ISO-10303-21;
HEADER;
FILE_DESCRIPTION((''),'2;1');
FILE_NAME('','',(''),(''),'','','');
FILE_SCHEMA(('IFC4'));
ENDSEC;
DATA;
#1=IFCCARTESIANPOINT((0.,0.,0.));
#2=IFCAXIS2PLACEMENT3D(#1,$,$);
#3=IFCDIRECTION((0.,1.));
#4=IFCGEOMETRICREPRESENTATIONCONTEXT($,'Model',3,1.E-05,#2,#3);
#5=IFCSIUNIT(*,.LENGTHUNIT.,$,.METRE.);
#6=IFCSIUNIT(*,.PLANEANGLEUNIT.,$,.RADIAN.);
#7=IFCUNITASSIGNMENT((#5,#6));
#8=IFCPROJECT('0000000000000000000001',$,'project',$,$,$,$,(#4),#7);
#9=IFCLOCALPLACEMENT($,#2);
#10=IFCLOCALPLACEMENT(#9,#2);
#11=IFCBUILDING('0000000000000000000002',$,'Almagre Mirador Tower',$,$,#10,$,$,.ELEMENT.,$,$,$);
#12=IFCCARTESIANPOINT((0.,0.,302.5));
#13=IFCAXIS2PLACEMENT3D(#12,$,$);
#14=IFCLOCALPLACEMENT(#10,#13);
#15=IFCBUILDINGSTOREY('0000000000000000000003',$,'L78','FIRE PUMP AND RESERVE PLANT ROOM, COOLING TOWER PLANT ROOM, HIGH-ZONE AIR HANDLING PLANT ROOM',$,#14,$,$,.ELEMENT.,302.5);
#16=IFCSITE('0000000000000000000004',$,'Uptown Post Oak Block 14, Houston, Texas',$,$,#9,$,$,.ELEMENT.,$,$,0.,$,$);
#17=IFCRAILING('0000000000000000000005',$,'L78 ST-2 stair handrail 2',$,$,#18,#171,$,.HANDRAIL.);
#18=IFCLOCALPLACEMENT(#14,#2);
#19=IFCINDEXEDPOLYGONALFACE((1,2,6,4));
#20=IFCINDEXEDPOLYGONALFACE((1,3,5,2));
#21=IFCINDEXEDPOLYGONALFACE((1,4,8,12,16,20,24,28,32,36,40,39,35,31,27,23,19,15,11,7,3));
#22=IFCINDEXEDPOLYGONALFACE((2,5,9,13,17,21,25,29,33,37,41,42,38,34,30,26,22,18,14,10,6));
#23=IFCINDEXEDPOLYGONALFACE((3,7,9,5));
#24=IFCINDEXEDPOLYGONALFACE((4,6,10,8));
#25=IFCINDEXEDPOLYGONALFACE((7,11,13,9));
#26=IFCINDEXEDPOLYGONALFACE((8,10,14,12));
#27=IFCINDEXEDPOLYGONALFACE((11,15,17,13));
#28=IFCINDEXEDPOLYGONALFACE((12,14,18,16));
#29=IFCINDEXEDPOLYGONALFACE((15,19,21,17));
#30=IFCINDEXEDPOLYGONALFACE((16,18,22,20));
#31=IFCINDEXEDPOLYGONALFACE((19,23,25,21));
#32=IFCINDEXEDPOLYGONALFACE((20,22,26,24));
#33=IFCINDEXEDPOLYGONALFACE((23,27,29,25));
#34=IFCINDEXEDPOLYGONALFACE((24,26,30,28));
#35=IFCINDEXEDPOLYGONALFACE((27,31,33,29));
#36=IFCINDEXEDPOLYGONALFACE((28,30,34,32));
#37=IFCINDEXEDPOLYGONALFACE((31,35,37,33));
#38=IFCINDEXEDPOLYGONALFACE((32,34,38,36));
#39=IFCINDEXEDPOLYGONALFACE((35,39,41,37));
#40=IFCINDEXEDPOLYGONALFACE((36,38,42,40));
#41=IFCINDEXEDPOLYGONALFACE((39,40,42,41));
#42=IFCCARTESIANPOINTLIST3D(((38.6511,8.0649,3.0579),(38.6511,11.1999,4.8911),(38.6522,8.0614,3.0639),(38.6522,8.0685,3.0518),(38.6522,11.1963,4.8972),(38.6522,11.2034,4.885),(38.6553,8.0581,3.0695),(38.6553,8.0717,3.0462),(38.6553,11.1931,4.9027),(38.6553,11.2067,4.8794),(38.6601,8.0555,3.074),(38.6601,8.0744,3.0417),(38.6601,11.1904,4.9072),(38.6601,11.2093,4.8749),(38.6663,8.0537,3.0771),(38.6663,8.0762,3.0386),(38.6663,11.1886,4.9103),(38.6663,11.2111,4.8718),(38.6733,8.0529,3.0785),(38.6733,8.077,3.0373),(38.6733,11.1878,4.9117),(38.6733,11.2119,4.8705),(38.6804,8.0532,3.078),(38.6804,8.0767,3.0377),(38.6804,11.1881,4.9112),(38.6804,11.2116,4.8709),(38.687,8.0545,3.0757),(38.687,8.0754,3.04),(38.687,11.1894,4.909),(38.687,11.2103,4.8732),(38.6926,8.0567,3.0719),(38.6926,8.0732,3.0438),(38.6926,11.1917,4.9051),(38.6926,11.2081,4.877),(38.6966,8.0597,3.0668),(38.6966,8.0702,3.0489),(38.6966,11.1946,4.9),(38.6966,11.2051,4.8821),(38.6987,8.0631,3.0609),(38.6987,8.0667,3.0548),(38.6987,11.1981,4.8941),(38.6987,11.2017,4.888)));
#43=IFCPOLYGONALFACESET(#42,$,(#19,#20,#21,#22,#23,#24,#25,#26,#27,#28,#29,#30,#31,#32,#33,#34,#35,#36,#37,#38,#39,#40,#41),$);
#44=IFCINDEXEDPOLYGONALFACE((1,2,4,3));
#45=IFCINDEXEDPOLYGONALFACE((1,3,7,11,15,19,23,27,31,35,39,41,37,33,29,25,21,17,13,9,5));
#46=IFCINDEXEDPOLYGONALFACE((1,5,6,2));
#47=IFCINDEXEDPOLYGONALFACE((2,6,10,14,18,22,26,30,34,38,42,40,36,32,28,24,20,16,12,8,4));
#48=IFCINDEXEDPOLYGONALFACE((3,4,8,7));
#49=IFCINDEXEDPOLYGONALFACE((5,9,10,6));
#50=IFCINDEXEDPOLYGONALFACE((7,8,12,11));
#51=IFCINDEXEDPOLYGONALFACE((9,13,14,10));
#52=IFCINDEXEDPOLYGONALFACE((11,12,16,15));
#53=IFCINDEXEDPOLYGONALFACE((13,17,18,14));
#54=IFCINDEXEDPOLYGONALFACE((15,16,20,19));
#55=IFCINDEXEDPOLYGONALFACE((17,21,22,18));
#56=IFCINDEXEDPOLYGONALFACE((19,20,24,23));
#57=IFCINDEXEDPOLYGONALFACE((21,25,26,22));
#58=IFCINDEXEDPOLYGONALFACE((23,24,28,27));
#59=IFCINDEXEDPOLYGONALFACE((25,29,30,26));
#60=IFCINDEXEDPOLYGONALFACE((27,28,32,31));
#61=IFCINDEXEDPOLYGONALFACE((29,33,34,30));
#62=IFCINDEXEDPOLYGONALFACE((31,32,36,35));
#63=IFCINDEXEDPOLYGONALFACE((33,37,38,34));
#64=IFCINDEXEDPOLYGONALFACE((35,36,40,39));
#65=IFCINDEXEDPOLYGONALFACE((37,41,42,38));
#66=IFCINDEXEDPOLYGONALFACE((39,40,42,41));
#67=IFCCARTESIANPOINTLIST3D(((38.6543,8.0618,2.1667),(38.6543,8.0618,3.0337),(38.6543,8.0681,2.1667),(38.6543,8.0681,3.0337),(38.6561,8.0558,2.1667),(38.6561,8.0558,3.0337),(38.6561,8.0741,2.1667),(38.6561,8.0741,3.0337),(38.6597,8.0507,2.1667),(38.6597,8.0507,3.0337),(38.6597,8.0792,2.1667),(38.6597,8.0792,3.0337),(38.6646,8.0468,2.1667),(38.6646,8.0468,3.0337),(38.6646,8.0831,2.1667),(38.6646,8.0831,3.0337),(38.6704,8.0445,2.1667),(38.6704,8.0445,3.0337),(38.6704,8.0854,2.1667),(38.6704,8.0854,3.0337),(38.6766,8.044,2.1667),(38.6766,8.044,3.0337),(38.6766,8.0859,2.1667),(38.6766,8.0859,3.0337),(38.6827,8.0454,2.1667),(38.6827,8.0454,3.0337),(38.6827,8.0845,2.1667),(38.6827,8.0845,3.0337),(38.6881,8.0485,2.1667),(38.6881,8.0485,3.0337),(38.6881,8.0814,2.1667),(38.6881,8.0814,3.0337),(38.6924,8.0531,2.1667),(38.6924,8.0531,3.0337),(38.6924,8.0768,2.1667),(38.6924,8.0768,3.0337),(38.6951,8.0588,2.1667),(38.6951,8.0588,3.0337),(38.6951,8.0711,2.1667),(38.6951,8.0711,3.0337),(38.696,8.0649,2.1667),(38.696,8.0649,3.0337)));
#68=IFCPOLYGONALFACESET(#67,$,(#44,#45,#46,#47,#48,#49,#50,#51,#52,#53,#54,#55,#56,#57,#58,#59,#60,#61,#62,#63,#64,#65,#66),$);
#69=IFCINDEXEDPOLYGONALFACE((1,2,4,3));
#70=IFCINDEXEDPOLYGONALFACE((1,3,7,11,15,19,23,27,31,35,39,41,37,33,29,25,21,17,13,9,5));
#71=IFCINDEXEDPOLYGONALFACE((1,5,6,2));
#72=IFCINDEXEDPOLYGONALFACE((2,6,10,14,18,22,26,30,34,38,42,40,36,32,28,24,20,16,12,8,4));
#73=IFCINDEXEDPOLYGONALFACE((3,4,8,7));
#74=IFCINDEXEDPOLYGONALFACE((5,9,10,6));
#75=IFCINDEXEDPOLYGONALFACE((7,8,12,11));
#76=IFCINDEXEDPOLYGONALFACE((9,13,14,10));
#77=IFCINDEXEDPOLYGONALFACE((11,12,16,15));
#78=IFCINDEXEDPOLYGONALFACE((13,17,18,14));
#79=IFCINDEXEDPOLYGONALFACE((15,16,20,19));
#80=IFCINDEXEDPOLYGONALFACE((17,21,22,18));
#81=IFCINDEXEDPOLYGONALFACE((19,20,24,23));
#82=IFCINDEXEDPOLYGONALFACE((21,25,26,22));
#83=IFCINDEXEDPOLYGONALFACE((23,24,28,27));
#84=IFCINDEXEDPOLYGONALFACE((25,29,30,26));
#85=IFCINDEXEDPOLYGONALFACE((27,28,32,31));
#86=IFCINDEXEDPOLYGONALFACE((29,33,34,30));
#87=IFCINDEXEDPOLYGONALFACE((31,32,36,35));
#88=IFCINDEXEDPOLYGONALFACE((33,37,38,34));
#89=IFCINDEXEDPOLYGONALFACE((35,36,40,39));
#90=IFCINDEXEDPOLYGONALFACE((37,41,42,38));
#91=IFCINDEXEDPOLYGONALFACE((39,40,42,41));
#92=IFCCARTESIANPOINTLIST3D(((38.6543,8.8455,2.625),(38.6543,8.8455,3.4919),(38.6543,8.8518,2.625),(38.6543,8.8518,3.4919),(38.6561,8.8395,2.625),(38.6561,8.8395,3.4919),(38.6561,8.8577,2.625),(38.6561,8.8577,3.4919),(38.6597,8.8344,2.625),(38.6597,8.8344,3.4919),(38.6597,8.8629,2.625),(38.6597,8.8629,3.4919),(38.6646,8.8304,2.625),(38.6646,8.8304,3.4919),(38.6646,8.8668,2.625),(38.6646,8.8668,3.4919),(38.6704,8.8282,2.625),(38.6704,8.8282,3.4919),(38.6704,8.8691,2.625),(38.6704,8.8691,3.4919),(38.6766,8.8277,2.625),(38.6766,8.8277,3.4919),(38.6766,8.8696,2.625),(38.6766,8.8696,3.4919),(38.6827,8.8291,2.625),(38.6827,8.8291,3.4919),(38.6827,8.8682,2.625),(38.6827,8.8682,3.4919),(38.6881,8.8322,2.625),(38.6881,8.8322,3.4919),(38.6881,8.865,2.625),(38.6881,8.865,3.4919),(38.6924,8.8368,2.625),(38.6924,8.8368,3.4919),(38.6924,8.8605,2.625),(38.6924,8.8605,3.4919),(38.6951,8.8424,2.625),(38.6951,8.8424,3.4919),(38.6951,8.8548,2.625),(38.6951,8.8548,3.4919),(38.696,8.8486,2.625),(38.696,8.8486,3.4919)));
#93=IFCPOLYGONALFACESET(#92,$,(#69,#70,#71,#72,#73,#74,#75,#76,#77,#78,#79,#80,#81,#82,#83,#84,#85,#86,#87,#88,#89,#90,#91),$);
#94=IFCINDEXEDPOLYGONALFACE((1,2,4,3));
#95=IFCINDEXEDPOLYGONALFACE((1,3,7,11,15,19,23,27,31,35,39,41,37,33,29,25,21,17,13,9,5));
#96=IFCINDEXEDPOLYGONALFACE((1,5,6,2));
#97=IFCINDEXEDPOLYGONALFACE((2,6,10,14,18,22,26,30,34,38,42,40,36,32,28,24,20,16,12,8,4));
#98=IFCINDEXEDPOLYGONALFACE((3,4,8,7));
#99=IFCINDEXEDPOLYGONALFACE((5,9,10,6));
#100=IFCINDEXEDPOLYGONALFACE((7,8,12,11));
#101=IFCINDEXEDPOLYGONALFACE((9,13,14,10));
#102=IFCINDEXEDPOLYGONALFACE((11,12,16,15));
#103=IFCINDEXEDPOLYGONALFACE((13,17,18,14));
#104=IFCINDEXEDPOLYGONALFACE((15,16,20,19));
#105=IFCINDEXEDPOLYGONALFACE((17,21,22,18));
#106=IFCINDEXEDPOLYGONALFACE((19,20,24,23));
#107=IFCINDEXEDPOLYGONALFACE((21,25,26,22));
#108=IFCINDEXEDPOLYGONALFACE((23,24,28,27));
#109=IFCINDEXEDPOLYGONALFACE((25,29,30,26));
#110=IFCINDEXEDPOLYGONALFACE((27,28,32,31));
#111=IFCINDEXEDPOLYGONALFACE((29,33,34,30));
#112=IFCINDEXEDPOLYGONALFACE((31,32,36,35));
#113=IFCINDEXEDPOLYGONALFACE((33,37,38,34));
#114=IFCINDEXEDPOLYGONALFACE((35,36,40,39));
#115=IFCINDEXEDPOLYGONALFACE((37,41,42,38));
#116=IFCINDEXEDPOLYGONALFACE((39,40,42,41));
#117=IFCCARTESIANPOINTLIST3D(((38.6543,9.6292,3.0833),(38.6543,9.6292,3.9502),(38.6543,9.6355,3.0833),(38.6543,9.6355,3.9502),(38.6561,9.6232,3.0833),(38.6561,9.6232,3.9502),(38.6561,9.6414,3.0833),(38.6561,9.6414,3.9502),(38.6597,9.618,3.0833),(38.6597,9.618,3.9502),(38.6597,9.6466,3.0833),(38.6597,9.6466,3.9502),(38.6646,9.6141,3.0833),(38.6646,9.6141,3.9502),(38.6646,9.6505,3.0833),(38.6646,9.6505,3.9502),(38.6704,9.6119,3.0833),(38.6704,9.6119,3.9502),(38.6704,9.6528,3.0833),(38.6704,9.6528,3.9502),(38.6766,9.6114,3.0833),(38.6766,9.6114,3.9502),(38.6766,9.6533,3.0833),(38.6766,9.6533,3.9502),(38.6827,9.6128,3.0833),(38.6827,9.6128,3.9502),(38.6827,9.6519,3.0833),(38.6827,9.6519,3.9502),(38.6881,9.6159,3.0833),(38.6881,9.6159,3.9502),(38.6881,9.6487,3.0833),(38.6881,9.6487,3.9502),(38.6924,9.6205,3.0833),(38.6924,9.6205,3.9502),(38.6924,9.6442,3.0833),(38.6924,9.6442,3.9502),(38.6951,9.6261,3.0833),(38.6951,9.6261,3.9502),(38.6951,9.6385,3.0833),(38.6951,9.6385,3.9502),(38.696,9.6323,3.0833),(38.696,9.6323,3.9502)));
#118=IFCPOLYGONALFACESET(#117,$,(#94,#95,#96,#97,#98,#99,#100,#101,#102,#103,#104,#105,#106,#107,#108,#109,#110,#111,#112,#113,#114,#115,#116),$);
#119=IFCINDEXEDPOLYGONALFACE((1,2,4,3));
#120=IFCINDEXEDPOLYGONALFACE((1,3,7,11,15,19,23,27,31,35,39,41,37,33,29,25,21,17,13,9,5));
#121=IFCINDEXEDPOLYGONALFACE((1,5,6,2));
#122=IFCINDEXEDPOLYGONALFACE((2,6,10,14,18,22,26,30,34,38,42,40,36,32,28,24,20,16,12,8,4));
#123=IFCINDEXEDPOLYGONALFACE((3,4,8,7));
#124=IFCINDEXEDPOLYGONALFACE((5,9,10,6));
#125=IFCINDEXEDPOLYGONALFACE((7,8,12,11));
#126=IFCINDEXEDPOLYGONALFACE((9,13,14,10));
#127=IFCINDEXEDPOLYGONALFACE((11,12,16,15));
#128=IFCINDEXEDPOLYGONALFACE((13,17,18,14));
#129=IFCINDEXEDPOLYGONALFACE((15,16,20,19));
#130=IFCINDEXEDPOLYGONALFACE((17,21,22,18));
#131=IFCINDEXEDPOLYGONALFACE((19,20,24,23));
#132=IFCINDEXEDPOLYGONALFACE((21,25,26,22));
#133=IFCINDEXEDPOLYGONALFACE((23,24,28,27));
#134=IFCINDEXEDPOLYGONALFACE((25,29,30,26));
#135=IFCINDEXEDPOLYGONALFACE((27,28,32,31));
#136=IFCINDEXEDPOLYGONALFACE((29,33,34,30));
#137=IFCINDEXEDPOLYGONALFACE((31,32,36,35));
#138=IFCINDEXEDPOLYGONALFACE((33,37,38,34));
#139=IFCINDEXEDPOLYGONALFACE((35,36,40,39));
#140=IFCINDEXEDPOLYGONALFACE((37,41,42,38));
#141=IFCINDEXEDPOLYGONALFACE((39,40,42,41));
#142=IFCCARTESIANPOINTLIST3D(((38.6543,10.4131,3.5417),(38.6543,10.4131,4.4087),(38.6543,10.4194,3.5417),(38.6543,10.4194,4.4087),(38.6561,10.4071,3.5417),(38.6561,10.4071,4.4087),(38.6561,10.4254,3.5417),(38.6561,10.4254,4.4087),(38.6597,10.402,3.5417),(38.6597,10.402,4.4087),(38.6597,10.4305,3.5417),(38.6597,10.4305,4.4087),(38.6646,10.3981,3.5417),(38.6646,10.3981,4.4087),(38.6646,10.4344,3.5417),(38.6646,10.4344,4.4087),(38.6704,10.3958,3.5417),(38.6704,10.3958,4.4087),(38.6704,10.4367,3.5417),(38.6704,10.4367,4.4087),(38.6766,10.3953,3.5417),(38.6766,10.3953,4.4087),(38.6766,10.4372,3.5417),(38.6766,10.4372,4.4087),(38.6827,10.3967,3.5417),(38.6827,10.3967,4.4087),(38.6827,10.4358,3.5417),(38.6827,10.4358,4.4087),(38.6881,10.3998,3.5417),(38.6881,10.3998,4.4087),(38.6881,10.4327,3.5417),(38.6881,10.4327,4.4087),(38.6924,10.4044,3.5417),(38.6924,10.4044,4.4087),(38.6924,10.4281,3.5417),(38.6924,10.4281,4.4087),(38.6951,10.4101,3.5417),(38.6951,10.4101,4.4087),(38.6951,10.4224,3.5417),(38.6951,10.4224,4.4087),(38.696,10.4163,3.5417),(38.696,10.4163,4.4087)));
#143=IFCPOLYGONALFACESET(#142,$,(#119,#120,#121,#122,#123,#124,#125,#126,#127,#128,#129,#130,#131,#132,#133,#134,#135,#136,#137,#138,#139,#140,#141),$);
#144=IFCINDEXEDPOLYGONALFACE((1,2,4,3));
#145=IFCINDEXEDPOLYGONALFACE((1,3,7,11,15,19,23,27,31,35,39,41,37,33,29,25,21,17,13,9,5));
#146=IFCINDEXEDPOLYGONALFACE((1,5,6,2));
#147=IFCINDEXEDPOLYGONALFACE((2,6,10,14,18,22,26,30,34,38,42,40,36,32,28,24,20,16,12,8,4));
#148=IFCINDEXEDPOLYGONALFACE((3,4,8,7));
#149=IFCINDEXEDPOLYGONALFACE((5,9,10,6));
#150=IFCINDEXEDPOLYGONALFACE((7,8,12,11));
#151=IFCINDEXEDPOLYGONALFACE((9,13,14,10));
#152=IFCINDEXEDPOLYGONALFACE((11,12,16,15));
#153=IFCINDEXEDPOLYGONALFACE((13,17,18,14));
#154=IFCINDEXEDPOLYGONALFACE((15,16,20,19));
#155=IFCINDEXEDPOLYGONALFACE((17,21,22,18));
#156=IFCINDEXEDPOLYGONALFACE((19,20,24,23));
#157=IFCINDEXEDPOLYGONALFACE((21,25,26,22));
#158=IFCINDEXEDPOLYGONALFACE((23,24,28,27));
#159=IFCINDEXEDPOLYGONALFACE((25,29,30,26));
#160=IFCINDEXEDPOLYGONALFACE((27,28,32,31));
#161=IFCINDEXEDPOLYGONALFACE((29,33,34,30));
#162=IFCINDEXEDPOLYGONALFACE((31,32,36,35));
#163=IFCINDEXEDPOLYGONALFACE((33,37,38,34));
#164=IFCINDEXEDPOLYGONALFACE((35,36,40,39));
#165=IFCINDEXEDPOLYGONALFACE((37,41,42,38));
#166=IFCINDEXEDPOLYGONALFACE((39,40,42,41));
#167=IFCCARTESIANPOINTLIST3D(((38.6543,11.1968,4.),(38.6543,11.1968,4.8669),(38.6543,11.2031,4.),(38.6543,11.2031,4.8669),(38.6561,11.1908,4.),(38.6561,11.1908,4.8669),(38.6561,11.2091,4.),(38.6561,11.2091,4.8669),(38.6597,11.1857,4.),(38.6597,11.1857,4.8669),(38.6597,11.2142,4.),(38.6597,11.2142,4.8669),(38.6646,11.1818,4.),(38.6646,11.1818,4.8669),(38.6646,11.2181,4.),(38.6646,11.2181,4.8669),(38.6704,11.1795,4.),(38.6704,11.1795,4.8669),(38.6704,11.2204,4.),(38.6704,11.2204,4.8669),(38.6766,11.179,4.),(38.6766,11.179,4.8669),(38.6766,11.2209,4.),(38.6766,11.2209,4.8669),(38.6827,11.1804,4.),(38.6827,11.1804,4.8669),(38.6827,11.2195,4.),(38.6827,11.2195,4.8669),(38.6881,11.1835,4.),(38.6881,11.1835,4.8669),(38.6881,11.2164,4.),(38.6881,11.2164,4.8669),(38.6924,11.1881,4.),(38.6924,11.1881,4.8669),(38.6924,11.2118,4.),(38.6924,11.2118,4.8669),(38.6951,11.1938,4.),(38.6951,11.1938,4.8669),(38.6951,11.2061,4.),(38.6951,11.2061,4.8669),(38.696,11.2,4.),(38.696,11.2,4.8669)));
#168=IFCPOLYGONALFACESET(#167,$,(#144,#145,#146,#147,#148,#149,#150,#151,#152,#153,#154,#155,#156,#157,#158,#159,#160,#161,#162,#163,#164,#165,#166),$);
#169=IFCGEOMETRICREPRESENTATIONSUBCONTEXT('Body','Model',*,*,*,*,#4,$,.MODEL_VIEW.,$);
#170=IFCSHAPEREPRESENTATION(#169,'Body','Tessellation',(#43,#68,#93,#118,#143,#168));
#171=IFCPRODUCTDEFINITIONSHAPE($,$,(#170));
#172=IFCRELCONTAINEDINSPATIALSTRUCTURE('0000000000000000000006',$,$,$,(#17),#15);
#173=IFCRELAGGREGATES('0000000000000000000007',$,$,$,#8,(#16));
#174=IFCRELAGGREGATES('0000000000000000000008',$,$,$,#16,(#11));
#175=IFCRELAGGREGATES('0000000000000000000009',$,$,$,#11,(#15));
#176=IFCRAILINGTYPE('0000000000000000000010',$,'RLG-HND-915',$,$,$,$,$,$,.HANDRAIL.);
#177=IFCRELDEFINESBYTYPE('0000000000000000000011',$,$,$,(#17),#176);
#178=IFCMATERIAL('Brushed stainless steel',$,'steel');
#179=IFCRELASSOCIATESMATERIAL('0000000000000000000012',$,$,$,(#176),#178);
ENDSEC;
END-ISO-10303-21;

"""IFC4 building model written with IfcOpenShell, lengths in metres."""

from ifc_helpers import new_model, si_unit, direction, frame, origin, origin_2d, place, context, subcontext, project, spatial, circle, extrude, material, type_object, element, save


model = new_model("IFC4")

# Units and contexts
model_context = context("Model", 3, precision=1e-05, world=origin(), true_north=direction((0.0, 1.0)))
body_context = subcontext(model_context, "Body", "Model", "MODEL_VIEW")
ifc_project = project(units=[si_unit("LENGTHUNIT", "METRE"), si_unit("PLANEANGLEUNIT", "RADIAN")], contexts=[model_context])

# Site, building, storey
site_placement = place(None, origin())
site = spatial("IfcSite", under=ifc_project, at=site_placement, Name="Uptown Post Oak Block 14, Houston, Texas", CompositionType="ELEMENT", RefElevation=0.0)
building_placement = place(site_placement, origin())
building = spatial("IfcBuilding", under=site, at=building_placement, Name="Almagre Mirador Tower", CompositionType="ELEMENT")
storey_placement = place(building_placement, frame((0.0, 0.0, 302.5)))
storey = spatial("IfcBuildingStorey", under=building, at=storey_placement, Name="L78", Description="FIRE PUMP AND RESERVE PLANT ROOM, COOLING TOWER PLANT ROOM, HIGH-ZONE AIR HANDLING PLANT ROOM", CompositionType="ELEMENT", Elevation=302.5)

# Railing
ifc_material_1 = material(Name="Brushed stainless steel", Category="steel")
railing_type_1 = type_object("IfcRailingType", Name="RLG-HND-915", PredefinedType="HANDRAIL", material=ifc_material_1)
railing_1_placement = place(storey_placement, frame((38.675, 8.0649, 2.1667)))
element("IfcRailing", 1, at=railing_1_placement, inside=storey, type_object=railing_type_1, Name="L78 ST-2 stair handrail 2", PredefinedType="HANDRAIL", context=body_context, shape_type="SweptSolid", body=[
    extrude(circle(Radius=0.0239, at=origin_2d()), frame((0.0, 0.0, 0.8911), z_axis=(0.0, 0.86324, 0.504794), x_axis=(-1.0, 0.0, 0.0)), (0.0, 0.0, 1.0), 3.6316),
    extrude(circle(Radius=0.021, at=origin_2d()), origin(), (0.0, 0.0, 1.0), 0.8669),
    extrude(circle(Radius=0.021, at=origin_2d()), frame((0.0, 0.7837, 0.4583)), (0.0, 0.0, 1.0), 0.8669),
    extrude(circle(Radius=0.021, at=origin_2d()), frame((0.0, 1.5674, 0.9165)), (0.0, 0.0, 1.0), 0.8669),
    extrude(circle(Radius=0.021, at=origin_2d()), frame((0.0, 2.3513, 1.375)), (0.0, 0.0, 1.0), 0.8669),
    extrude(circle(Radius=0.021, at=origin_2d()), frame((0.0, 3.135, 1.8333)), (0.0, 0.0, 1.0), 0.8669),
])

save(model, "model.ifc")
